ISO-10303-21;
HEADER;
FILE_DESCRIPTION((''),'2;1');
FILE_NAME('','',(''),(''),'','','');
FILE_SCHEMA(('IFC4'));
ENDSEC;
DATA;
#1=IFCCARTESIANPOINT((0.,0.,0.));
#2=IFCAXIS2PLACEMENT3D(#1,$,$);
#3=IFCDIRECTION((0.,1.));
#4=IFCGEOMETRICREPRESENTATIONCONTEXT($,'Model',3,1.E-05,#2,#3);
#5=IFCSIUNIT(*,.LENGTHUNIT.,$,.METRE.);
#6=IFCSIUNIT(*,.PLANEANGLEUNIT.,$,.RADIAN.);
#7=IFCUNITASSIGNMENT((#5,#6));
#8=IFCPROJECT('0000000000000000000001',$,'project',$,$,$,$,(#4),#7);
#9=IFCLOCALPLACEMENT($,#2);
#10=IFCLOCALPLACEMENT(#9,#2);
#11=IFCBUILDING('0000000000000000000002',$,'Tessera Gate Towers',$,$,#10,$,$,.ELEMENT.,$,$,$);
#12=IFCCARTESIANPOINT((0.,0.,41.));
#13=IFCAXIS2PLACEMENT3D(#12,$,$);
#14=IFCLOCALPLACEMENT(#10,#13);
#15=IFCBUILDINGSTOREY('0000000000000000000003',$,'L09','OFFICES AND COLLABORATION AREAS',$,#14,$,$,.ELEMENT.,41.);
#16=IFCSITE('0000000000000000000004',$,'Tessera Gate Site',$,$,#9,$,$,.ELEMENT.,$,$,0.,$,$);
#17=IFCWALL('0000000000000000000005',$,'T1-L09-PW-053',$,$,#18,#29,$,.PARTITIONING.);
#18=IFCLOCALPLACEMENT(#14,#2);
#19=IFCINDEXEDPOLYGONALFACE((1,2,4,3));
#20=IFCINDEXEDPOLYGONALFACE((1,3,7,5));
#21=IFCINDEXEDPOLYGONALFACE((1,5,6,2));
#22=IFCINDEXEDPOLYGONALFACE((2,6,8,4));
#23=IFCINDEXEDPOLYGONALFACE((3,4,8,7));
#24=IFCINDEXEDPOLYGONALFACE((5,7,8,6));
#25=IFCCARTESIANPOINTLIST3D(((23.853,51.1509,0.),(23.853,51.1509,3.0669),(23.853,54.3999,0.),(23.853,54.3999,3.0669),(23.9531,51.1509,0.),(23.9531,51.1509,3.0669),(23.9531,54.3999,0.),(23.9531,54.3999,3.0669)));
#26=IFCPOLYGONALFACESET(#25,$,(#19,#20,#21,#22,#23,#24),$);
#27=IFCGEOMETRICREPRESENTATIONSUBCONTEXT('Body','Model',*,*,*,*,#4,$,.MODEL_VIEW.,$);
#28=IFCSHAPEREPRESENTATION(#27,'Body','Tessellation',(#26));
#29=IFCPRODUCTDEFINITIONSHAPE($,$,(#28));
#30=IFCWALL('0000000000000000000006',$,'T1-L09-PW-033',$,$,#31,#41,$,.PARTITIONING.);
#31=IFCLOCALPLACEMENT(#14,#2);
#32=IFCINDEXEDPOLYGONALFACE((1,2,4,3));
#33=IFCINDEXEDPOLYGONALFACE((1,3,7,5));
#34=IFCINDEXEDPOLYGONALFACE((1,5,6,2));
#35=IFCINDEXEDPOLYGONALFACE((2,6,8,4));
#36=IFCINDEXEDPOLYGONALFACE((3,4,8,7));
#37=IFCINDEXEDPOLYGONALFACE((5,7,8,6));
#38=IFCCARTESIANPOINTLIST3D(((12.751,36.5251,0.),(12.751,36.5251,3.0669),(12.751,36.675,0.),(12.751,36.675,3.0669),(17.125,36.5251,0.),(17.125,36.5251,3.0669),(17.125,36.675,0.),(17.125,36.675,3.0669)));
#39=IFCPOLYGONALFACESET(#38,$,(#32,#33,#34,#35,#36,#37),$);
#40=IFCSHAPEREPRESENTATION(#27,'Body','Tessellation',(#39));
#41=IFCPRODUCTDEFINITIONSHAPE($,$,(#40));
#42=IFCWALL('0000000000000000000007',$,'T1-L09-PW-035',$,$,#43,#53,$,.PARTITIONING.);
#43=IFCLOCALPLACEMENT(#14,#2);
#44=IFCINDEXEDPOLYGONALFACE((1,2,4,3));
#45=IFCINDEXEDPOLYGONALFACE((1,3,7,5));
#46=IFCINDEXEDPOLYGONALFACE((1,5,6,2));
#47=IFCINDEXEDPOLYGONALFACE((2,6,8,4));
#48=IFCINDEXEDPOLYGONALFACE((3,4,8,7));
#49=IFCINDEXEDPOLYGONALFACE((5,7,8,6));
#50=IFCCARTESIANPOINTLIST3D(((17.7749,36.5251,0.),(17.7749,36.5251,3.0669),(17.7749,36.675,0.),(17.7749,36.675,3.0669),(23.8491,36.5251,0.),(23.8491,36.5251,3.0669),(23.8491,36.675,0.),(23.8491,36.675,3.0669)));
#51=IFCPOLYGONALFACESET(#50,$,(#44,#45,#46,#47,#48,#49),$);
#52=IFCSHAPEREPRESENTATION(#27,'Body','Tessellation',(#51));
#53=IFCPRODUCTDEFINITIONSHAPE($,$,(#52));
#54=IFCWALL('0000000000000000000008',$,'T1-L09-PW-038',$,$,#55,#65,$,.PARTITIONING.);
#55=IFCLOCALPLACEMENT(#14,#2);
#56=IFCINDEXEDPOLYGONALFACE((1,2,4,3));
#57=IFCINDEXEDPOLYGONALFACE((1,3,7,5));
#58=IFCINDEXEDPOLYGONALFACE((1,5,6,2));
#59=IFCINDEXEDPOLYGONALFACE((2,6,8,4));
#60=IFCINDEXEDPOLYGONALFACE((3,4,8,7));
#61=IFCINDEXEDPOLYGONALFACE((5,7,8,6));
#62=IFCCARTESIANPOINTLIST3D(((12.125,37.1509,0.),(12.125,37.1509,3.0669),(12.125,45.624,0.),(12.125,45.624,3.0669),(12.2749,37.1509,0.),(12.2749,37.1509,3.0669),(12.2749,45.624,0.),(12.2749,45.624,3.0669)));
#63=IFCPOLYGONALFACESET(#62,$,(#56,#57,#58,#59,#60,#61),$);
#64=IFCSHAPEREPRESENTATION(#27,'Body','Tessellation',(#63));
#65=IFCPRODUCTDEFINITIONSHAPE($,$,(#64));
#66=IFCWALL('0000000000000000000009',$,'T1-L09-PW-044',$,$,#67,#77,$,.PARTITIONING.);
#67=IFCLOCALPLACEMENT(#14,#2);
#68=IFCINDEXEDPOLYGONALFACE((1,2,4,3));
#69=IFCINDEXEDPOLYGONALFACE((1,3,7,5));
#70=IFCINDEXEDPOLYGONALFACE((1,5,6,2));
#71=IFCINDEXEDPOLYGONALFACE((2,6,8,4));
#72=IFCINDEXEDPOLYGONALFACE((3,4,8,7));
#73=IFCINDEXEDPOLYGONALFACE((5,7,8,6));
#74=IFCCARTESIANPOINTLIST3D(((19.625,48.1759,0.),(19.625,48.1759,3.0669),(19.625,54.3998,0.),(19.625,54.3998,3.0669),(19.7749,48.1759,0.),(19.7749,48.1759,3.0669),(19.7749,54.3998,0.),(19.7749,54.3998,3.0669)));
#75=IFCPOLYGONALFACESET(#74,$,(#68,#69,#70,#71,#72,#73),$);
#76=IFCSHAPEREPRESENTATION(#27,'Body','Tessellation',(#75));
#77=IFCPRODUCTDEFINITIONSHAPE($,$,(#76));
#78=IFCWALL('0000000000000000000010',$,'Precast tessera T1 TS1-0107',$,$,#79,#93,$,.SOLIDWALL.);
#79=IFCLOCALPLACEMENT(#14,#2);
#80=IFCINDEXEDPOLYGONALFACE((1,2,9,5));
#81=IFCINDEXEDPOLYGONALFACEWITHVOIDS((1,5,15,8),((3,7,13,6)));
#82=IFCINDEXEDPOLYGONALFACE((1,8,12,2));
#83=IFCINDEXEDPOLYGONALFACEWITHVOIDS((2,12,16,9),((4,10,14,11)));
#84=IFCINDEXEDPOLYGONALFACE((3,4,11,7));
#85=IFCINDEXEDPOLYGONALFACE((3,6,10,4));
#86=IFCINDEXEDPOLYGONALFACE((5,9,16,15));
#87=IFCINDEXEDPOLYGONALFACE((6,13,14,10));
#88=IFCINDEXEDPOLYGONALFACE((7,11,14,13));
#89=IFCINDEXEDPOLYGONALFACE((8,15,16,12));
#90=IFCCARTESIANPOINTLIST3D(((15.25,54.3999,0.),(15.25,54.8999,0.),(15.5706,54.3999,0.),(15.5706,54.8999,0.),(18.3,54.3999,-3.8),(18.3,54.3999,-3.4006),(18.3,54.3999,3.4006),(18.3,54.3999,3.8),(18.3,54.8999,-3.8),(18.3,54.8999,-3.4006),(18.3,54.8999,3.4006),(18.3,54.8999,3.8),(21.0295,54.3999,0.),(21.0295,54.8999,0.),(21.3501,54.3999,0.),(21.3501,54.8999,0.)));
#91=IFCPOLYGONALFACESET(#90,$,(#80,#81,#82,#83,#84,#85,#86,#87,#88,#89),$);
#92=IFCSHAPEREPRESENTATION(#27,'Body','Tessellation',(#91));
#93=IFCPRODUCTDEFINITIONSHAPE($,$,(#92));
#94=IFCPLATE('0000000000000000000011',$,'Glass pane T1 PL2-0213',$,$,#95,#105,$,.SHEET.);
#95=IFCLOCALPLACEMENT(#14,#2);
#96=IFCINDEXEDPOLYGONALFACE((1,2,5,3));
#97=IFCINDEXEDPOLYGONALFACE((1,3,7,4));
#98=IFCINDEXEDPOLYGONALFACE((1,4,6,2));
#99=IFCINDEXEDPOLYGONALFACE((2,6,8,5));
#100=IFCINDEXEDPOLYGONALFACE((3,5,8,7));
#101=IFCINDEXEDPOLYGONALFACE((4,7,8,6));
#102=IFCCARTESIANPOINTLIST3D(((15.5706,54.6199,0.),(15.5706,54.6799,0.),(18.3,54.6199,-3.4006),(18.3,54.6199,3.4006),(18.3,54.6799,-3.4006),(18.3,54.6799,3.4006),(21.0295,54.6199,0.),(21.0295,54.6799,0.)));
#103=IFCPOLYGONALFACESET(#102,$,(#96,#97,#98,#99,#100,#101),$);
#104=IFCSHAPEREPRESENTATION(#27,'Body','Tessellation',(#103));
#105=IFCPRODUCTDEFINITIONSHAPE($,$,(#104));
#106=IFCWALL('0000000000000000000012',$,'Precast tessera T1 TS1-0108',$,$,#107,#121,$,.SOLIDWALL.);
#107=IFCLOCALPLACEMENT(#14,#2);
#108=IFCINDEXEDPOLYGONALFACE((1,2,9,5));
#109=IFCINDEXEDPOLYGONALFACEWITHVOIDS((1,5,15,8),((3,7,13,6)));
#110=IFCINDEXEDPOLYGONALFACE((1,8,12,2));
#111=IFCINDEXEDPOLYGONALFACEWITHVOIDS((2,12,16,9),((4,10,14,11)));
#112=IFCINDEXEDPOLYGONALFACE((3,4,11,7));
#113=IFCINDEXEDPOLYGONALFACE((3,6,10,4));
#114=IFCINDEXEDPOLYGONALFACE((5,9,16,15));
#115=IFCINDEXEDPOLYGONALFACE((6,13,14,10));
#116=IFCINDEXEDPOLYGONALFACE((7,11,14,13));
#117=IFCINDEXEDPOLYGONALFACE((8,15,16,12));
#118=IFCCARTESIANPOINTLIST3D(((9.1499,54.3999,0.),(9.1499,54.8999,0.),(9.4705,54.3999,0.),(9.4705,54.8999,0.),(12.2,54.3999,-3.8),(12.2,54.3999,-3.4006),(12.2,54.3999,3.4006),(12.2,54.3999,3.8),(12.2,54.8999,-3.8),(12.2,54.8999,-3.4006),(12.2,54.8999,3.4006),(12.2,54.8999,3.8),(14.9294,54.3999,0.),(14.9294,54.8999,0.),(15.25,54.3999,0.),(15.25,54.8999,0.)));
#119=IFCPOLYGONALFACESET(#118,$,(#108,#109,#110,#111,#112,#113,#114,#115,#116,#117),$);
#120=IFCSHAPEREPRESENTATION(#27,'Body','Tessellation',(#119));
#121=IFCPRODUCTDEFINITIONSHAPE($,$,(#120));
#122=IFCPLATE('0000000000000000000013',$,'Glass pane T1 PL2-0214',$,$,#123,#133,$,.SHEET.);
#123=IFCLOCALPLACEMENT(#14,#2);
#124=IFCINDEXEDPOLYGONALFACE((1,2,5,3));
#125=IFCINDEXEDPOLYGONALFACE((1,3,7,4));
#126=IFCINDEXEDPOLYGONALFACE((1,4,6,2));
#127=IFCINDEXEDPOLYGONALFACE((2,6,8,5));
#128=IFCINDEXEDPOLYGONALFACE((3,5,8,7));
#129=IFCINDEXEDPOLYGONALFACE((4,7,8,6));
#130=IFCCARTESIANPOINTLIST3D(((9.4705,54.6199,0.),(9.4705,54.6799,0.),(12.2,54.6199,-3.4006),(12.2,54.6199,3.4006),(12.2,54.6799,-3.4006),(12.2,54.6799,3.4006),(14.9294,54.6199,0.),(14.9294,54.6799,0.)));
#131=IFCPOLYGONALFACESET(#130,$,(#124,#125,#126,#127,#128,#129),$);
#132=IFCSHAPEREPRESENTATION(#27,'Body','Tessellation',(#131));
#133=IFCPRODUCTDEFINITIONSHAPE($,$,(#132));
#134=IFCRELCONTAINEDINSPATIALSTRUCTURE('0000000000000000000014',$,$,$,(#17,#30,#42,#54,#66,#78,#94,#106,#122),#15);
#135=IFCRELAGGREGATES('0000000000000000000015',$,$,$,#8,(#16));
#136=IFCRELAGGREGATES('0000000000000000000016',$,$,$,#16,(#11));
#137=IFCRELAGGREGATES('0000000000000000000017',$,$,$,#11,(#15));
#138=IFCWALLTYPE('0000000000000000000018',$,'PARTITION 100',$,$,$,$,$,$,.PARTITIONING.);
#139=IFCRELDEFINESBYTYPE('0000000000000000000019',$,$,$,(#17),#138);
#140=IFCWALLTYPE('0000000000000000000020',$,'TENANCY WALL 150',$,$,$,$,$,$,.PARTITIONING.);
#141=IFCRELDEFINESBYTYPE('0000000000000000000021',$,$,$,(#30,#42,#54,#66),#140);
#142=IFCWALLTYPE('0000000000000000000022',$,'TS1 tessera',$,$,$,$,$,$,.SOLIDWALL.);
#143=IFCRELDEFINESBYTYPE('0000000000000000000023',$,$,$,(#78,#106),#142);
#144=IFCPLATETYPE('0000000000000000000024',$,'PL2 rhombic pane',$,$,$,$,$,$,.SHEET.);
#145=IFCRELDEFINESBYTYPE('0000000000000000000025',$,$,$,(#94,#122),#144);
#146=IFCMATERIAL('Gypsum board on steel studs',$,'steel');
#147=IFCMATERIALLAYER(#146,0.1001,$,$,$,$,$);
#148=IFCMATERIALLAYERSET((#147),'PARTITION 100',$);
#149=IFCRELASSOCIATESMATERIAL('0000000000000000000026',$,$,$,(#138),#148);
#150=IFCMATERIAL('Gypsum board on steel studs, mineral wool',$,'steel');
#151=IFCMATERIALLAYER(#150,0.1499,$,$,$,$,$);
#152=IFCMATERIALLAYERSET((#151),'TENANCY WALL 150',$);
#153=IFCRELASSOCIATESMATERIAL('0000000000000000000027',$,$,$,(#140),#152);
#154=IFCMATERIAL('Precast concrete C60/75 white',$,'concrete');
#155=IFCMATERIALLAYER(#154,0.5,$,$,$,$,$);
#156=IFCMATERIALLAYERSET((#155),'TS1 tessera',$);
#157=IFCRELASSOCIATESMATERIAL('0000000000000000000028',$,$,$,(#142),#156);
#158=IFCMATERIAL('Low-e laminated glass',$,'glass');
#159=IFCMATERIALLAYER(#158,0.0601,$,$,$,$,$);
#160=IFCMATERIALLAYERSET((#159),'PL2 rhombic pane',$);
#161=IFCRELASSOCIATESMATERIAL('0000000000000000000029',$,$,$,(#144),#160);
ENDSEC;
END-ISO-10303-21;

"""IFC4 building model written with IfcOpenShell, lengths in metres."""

from ifc_helpers import new_model, si_unit, direction, frame, frame_2d, origin, place, context, subcontext, project, spatial, polyline, rectangle, outline, extrude, source, transform, mapped, material, layer, layer_set, type_object, element, fill, save


model = new_model("IFC4")

# Units and contexts
model_context = context("Model", 3, precision=1e-05, world=origin(), true_north=direction((0.0, 1.0)))
body_context = subcontext(model_context, "Body", "Model", "MODEL_VIEW")
ifc_project = project(units=[si_unit("LENGTHUNIT", "METRE"), si_unit("PLANEANGLEUNIT", "RADIAN")], contexts=[model_context])

# Site, building, storey
site_placement = place(None, origin())
site = spatial("IfcSite", under=ifc_project, at=site_placement, Name="Tessera Gate Site", CompositionType="ELEMENT", RefElevation=0.0)
building_placement = place(site_placement, origin())
building = spatial("IfcBuilding", under=site, at=building_placement, Name="Tessera Gate Towers", CompositionType="ELEMENT")
storey_placement = place(building_placement, frame((0.0, 0.0, 41.0)))
storey = spatial("IfcBuildingStorey", under=building, at=storey_placement, Name="L09", Description="OFFICES AND COLLABORATION AREAS", CompositionType="ELEMENT", Elevation=41.0)

# Shared definitions
ifc_material_1 = material(Name="Gypsum board on steel studs", Category="steel")
ifc_layer_1 = layer(ifc_material_1, 0.1001)
ifc_layer_set_1 = layer_set([ifc_layer_1], Name="PARTITION 100")
wall_type_1 = type_object("IfcWallType", Name="PARTITION 100", PredefinedType="PARTITIONING", material=ifc_layer_set_1)

# Walls
for number, where, z_axis, x_axis, name in (
    (1, (23.9031, 51.1509, 0.0), (0.0, 0.0, 1.0), (0.0, 1.0, 0.0), "T1-L09-PW-053"),
):
    element("IfcWall", number, at=place(storey_placement, frame(where, z_axis=z_axis, x_axis=x_axis)), inside=storey, type_object=wall_type_1, Name=name, PredefinedType="PARTITIONING", context=body_context, shape_type="SweptSolid", body=[
        extrude(rectangle(XDim=3.249, YDim=0.1001, at=frame_2d((1.6245, 0.0))), origin(), (0.0, 0.0, 1.0), 3.0669),
    ])
ifc_material_2 = material(Name="Gypsum board on steel studs, mineral wool", Category="steel")
ifc_layer_2 = layer(ifc_material_2, 0.1499)
ifc_layer_set_2 = layer_set([ifc_layer_2], Name="TENANCY WALL 150")
wall_type_2 = type_object("IfcWallType", Name="TENANCY WALL 150", PredefinedType="PARTITIONING", material=ifc_layer_set_2)
wall_1_placement = place(storey_placement, frame((12.751, 36.6001, 0.0), z_axis=(0.0, 0.0, 1.0), x_axis=(1.0, 0.0, 0.0)))
element("IfcWall", 2, at=wall_1_placement, inside=storey, type_object=wall_type_2, Name="T1-L09-PW-033", PredefinedType="PARTITIONING", context=body_context, shape_type="SweptSolid", body=[
    extrude(rectangle(XDim=4.374, YDim=0.1499, at=frame_2d((2.187, 0.0))), origin(), (0.0, 0.0, 1.0), 3.0669),
])
wall_2_placement = place(storey_placement, frame((17.7749, 36.6001, 0.0), z_axis=(0.0, 0.0, 1.0), x_axis=(1.0, 0.0, 0.0)))
element("IfcWall", 3, at=wall_2_placement, inside=storey, type_object=wall_type_2, Name="T1-L09-PW-035", PredefinedType="PARTITIONING", context=body_context, shape_type="SweptSolid", body=[
    extrude(rectangle(XDim=6.0742, YDim=0.1499, at=frame_2d((3.0371, 0.0))), origin(), (0.0, 0.0, 1.0), 3.0669),
])
wall_3_placement = place(storey_placement, frame((12.2, 37.1509, 0.0), z_axis=(0.0, 0.0, 1.0), x_axis=(0.0, 1.0, 0.0)))
element("IfcWall", 4, at=wall_3_placement, inside=storey, type_object=wall_type_2, Name="T1-L09-PW-038", PredefinedType="PARTITIONING", context=body_context, shape_type="SweptSolid", body=[
    extrude(rectangle(XDim=8.4731, YDim=0.1499, at=frame_2d((4.2366, 0.0))), origin(), (0.0, 0.0, 1.0), 3.0669),
])
wall_4_placement = place(storey_placement, frame((19.7, 48.176, 0.0), z_axis=(0.0, 0.0, 1.0), x_axis=(0.0, 1.0, 0.0)))
element("IfcWall", 5, at=wall_4_placement, inside=storey, type_object=wall_type_2, Name="T1-L09-PW-044", PredefinedType="PARTITIONING", context=body_context, shape_type="SweptSolid", body=[
    extrude(rectangle(XDim=6.2239, YDim=0.1499, at=frame_2d((3.1118, 0.0))), origin(), (0.0, 0.0, 1.0), 3.0669),
])

# Walls, openings, plates
ifc_material_3 = material(Name="Precast concrete C60/75 white", Category="concrete")
ifc_layer_3 = layer(ifc_material_3, 0.5)
ifc_layer_set_3 = layer_set([ifc_layer_3], Name="TS1 tessera")
wall_type_3 = type_object("IfcWallType", Name="TS1 tessera", PredefinedType="SOLIDWALL", material=ifc_layer_set_3)
shared_shape_1 = source(origin(), body_context, "Body", "SweptSolid", [
    extrude(outline(polyline([(3.05, 0.0), (6.1001, 3.8), (3.05, 7.6001), (0.0, 3.8), (3.05, 0.0)])), frame((0.0, 0.25, 0.0), z_axis=(0.0, -1.0, 0.0), x_axis=(1.0, 0.0, 0.0)), (0.0, 0.0, 1.0), 0.5),
])
wall_5_placement = place(storey_placement, frame((21.3501, 54.6499, -3.8), z_axis=(0.0, 0.0, 1.0), x_axis=(-1.0, 0.0, 0.0)))
wall_5 = element("IfcWall", 6, at=wall_5_placement, inside=storey, type_object=wall_type_3, Name="Precast tessera T1 TS1-0107", PredefinedType="SOLIDWALL", context=body_context, shape_type="MappedRepresentation", body=[
    mapped(shared_shape_1, transform((0.0, 0.0, 0.0), scale=1.0)),
])
shared_shape_2 = source(origin(), body_context, "Body", "SweptSolid", [
    extrude(outline(polyline([(3.05, 0.3994), (5.7795, 3.8), (3.05, 7.2007), (0.3206, 3.8), (3.05, 0.3994)])), frame((0.0, 0.26, 0.0), z_axis=(0.0, -1.0, 0.0), x_axis=(1.0, 0.0, 0.0)), (0.0, 0.0, 1.0), 0.52),
])
opening_1_placement = place(wall_5_placement, origin())
opening_1 = element("IfcOpeningElement", 7, at=opening_1_placement, cuts=wall_5, PredefinedType="OPENING", context=body_context, shape_type="MappedRepresentation", body=[
    mapped(shared_shape_2, transform((0.0, 0.0, 0.0), scale=1.0)),
])
ifc_material_4 = material(Name="Low-e laminated glass", Category="glass")
ifc_layer_4 = layer(ifc_material_4, 0.0601)
ifc_layer_set_4 = layer_set([ifc_layer_4], Name="PL2 rhombic pane")
plate_type = type_object("IfcPlateType", Name="PL2 rhombic pane", PredefinedType="SHEET", material=ifc_layer_set_4)
shared_shape_3 = source(origin(), body_context, "Body", "SweptSolid", [
    extrude(outline(polyline([(3.05, 0.3994), (5.7795, 3.8), (3.05, 7.2007), (0.3206, 3.8), (3.05, 0.3994)])), frame((0.0, 0.03, 0.0), z_axis=(0.0, -1.0, 0.0), x_axis=(1.0, 0.0, 0.0)), (0.0, 0.0, 1.0), 0.0601),
])
plate_1_placement = place(opening_1_placement, origin())
plate_1 = element("IfcPlate", 8, at=plate_1_placement, inside=storey, type_object=plate_type, Name="Glass pane T1 PL2-0213", PredefinedType="SHEET", context=body_context, shape_type="MappedRepresentation", body=[
    mapped(shared_shape_3, transform((0.0, 0.0, 0.0), scale=1.0)),
])
fill(opening_1, plate_1)
wall_6_placement = place(storey_placement, frame((15.25, 54.6499, -3.8), z_axis=(0.0, 0.0, 1.0), x_axis=(-1.0, 0.0, 0.0)))
wall_6 = element("IfcWall", 9, at=wall_6_placement, inside=storey, type_object=wall_type_3, Name="Precast tessera T1 TS1-0108", PredefinedType="SOLIDWALL", context=body_context, shape_type="MappedRepresentation", body=[
    mapped(shared_shape_1, transform((0.0, 0.0, 0.0), scale=1.0)),
])
opening_2_placement = place(wall_6_placement, origin())
opening_2 = element("IfcOpeningElement", 10, at=opening_2_placement, cuts=wall_6, PredefinedType="OPENING", context=body_context, shape_type="MappedRepresentation", body=[
    mapped(shared_shape_2, transform((0.0, 0.0, 0.0), scale=1.0)),
])
plate_2_placement = place(opening_2_placement, origin())
plate_2 = element("IfcPlate", 11, at=plate_2_placement, inside=storey, type_object=plate_type, Name="Glass pane T1 PL2-0214", PredefinedType="SHEET", context=body_context, shape_type="MappedRepresentation", body=[
    mapped(shared_shape_3, transform((0.0, 0.0, 0.0), scale=1.0)),
])
fill(opening_2, plate_2)

save(model, "model.ifc")
